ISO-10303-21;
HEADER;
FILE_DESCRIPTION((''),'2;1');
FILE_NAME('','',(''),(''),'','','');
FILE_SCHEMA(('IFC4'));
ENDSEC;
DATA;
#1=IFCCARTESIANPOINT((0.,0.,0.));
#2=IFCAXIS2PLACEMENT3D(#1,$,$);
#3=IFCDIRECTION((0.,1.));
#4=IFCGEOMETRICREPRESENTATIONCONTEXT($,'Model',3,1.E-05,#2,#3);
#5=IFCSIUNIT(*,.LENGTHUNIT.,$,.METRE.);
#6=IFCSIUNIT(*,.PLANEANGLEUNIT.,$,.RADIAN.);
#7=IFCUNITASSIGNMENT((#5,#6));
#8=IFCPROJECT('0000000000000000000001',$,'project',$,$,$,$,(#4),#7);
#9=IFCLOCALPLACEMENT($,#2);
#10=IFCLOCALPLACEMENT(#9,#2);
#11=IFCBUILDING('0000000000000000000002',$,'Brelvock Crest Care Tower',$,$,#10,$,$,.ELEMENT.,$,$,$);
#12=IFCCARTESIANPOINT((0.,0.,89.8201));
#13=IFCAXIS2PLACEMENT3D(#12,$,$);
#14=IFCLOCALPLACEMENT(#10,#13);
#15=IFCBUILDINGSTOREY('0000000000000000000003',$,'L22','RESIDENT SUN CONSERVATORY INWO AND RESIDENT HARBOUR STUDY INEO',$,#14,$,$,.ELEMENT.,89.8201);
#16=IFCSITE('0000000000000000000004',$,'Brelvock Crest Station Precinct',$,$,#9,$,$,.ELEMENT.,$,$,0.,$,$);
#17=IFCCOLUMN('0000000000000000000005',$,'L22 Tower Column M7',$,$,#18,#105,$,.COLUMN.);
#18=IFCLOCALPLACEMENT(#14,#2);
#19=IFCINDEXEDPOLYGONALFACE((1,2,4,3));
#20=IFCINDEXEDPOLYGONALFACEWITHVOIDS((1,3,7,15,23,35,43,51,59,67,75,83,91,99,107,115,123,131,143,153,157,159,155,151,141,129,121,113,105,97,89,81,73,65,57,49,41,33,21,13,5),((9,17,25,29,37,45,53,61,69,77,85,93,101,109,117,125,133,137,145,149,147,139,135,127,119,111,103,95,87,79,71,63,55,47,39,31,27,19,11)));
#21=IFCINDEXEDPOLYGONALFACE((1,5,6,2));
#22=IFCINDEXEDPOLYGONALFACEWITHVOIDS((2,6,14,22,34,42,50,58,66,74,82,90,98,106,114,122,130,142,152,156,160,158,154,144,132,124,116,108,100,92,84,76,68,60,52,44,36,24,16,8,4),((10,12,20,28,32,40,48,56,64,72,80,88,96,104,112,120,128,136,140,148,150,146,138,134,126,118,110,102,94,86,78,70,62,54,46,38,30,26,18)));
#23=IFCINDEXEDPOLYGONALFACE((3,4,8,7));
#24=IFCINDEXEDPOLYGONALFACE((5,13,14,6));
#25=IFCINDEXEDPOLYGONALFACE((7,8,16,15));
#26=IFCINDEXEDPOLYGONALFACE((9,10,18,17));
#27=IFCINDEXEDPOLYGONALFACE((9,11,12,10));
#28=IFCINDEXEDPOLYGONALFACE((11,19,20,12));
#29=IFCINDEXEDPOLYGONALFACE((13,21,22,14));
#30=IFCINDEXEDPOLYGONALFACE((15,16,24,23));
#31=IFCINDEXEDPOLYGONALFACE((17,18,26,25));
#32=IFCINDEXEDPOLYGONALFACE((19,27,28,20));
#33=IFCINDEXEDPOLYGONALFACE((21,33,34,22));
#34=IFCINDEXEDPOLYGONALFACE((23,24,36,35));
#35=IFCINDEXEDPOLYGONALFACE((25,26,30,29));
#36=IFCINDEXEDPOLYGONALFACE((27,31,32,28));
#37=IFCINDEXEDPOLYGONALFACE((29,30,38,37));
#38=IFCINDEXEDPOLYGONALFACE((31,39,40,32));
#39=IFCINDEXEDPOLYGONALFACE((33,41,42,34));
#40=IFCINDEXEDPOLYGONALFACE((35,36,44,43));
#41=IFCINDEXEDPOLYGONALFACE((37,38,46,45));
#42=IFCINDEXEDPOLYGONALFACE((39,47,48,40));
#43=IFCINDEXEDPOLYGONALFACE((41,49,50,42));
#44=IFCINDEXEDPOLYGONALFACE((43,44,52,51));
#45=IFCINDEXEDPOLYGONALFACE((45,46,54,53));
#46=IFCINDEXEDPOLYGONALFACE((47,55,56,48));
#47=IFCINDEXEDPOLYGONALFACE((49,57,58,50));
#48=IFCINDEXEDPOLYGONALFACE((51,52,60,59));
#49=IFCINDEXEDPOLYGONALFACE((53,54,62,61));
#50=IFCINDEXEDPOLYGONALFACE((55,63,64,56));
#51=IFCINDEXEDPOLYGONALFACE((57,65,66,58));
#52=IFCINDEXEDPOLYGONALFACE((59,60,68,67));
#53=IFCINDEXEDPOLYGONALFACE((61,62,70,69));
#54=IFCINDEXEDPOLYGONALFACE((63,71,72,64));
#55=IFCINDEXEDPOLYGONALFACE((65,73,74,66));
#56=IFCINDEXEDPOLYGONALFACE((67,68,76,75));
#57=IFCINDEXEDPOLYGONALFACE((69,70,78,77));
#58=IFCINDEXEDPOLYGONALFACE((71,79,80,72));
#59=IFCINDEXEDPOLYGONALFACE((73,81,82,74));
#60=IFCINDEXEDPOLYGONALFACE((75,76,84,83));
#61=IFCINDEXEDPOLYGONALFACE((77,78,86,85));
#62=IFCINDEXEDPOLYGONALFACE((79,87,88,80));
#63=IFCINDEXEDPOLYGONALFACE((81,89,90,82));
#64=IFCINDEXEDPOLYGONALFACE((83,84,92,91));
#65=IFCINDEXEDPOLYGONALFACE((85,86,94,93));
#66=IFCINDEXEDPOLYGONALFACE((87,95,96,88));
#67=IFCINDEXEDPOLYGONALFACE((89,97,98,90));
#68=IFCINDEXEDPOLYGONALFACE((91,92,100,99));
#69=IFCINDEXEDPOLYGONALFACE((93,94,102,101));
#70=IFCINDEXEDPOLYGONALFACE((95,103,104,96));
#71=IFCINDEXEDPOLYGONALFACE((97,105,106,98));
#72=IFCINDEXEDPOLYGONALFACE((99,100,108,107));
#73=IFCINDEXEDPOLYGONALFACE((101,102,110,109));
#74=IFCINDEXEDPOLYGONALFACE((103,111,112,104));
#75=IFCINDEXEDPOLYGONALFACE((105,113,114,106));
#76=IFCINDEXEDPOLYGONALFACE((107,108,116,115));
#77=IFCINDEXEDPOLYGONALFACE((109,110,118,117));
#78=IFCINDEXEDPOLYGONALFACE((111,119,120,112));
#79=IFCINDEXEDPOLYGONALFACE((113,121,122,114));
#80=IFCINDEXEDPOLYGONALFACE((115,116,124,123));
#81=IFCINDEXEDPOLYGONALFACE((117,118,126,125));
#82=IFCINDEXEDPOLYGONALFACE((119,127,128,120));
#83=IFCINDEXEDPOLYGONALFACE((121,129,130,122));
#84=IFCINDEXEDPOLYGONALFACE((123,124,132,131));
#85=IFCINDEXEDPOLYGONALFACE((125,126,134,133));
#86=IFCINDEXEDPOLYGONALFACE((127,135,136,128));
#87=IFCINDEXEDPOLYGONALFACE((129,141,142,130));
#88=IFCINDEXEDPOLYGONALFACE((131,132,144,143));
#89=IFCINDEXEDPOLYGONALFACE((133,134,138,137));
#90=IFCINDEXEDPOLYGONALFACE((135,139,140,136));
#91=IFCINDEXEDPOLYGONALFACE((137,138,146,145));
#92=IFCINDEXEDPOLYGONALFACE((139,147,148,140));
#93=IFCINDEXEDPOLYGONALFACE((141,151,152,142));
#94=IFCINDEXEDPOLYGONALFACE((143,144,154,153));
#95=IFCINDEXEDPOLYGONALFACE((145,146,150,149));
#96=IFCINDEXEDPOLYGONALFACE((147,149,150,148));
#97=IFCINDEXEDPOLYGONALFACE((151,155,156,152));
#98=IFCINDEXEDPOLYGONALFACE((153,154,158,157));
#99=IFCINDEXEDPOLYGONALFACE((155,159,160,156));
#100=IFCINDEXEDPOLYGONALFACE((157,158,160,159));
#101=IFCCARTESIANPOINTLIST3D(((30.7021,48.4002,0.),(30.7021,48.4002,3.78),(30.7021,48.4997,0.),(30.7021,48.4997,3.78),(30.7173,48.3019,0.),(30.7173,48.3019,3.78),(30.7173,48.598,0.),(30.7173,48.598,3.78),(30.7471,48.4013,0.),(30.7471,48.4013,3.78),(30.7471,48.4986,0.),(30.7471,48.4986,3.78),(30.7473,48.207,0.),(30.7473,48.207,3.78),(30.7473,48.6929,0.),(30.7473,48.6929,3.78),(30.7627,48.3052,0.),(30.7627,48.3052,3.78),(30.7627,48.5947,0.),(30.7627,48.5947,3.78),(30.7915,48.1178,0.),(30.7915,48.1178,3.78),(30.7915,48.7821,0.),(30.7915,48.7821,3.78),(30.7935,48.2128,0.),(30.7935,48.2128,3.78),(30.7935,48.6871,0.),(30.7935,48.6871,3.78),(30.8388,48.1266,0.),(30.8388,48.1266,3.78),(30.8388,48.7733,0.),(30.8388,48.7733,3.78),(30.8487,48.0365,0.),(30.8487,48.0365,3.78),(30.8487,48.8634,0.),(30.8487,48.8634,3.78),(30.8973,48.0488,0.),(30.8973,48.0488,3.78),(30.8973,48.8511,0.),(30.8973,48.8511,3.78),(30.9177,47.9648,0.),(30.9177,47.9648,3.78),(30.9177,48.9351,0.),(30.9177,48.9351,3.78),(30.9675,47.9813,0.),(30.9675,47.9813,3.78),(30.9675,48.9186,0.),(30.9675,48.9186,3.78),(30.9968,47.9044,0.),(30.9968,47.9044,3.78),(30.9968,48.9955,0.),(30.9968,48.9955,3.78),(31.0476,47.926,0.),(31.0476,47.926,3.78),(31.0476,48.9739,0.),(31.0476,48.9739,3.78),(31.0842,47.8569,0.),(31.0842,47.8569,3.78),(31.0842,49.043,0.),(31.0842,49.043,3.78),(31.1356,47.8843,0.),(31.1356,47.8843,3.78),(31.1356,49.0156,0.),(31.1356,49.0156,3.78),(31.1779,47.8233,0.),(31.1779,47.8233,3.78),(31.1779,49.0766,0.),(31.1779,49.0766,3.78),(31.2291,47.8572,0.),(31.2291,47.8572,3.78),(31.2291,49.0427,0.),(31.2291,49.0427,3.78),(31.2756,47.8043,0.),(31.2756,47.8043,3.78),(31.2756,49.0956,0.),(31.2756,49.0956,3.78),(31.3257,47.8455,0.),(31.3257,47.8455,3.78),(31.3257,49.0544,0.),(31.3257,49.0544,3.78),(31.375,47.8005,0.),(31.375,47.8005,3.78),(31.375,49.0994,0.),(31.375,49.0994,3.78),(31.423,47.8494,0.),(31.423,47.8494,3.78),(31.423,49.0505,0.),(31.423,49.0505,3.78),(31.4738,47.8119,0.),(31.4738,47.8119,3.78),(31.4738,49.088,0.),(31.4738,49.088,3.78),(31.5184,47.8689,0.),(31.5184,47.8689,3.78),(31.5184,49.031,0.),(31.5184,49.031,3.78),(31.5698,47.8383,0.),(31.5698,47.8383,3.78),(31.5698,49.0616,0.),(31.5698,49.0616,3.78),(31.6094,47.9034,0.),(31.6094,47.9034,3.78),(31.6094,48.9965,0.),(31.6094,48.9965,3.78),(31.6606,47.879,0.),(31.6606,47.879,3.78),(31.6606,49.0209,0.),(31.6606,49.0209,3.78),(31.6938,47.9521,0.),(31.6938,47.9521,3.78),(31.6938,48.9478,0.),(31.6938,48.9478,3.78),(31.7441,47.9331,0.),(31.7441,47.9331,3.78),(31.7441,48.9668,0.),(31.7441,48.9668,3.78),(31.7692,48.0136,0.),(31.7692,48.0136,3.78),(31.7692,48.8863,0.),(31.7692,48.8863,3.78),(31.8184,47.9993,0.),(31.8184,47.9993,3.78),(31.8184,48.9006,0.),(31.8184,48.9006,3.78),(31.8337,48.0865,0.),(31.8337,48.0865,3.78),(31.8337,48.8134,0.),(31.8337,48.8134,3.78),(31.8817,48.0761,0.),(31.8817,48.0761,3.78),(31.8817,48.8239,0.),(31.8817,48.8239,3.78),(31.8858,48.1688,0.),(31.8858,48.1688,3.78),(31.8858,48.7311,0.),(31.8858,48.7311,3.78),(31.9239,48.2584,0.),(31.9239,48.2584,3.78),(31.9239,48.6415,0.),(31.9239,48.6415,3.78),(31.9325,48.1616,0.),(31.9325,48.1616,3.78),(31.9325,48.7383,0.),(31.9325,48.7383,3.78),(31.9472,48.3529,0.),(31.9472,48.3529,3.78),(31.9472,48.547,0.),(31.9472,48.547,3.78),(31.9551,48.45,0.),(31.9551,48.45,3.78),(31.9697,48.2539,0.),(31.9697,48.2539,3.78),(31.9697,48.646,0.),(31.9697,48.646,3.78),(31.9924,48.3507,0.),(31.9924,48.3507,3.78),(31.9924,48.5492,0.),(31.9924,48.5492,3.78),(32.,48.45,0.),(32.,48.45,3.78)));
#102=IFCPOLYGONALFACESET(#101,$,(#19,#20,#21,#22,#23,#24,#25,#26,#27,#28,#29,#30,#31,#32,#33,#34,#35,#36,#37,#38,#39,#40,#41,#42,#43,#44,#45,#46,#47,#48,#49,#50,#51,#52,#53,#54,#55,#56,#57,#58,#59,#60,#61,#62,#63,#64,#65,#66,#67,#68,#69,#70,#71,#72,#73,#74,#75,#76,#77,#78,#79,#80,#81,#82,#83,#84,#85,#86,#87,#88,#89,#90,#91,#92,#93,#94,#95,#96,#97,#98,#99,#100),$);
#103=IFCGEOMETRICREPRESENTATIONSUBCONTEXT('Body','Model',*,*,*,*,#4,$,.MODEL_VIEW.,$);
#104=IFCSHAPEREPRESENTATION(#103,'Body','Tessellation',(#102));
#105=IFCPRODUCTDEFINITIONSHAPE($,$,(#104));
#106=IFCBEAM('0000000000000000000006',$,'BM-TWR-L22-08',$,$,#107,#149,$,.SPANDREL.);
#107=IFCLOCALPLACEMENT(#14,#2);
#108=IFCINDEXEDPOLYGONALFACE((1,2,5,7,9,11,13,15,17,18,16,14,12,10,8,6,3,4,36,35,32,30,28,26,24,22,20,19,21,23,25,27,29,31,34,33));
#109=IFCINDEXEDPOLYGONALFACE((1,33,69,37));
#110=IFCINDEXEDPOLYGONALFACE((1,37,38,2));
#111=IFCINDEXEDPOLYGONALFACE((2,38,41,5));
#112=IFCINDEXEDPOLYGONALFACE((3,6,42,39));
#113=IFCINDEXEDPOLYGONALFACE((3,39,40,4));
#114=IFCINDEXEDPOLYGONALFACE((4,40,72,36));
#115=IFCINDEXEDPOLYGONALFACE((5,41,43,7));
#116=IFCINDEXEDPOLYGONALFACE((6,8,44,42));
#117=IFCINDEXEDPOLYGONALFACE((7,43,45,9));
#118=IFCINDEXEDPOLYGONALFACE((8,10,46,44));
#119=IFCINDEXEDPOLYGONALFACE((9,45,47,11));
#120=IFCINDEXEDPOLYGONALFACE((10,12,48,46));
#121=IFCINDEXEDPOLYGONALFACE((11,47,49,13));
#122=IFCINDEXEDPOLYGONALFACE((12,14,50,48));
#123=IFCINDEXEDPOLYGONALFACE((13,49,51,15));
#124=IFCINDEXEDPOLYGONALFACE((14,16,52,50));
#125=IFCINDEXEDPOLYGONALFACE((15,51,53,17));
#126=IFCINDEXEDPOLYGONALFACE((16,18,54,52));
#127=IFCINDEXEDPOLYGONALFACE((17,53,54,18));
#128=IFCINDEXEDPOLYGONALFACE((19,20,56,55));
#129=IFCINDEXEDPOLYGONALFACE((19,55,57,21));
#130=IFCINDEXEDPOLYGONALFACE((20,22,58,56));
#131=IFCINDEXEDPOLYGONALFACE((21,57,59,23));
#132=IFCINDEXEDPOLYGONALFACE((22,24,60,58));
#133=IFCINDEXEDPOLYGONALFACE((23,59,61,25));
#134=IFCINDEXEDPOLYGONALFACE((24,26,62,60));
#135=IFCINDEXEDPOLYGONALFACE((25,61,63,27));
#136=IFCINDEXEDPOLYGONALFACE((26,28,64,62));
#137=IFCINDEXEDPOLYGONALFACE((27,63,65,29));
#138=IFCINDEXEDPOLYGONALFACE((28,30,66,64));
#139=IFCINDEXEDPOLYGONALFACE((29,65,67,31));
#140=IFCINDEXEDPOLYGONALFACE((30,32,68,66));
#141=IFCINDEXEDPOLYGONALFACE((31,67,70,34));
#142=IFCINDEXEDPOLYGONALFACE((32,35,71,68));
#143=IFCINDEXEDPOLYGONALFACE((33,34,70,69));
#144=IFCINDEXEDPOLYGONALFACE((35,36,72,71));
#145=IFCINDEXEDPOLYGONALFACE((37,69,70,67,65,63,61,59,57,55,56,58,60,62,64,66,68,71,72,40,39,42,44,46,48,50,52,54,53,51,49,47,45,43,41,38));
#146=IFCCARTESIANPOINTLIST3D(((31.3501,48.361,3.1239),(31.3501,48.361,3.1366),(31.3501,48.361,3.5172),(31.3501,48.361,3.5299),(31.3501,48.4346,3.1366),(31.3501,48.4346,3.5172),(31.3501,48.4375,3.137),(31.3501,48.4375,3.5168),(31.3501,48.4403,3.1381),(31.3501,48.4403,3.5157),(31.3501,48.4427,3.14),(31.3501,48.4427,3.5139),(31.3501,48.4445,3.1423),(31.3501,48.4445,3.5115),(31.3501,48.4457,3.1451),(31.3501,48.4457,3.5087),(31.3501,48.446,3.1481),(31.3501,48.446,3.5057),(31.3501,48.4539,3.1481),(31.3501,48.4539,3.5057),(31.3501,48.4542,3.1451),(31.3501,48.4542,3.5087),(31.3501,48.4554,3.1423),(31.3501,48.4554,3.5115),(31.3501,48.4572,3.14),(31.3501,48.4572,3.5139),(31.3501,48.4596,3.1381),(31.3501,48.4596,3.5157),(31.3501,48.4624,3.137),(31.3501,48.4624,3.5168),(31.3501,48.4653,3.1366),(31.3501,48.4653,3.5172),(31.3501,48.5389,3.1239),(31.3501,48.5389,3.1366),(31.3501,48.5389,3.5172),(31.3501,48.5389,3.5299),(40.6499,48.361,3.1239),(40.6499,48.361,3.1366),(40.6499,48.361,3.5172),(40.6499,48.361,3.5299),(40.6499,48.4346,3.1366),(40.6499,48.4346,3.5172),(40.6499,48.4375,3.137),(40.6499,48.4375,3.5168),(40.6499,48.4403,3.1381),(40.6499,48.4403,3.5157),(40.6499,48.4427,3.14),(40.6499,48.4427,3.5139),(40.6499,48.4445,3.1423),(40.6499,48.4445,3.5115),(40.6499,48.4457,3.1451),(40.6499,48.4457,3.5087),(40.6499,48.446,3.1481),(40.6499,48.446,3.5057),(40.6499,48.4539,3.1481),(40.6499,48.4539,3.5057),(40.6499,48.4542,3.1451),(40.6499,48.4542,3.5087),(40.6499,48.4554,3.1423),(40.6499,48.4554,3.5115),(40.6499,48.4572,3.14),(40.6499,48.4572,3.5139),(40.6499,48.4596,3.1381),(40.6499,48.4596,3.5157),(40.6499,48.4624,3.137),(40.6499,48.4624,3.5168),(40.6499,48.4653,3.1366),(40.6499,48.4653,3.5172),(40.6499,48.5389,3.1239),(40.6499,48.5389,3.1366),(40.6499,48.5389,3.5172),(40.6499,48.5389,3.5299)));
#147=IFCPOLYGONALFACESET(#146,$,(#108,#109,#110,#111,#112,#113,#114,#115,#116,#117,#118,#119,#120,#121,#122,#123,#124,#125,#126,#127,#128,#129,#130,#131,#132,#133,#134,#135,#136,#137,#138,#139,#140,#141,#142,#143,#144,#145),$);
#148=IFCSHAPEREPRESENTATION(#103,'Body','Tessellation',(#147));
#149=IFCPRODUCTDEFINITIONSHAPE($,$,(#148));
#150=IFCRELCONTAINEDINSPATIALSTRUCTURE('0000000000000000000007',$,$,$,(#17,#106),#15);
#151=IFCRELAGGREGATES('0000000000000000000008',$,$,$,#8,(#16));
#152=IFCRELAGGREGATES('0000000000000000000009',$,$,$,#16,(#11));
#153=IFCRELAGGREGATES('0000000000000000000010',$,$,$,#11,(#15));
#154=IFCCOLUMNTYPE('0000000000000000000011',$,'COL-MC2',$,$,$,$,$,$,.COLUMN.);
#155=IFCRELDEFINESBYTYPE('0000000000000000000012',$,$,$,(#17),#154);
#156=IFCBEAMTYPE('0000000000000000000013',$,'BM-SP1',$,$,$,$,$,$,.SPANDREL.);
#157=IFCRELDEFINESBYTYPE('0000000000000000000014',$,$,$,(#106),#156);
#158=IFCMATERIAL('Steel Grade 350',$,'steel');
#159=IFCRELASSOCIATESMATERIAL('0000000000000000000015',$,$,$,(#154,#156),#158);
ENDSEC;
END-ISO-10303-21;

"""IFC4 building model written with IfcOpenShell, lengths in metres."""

from ifc_helpers import new_model, si_unit, direction, frame, origin, origin_2d, place, context, subcontext, project, spatial, hollow_circle, i_section, extrude, source, transform, mapped, material, material_profile, profile_set, type_object, element, save


model = new_model("IFC4")

# Units and contexts
model_context = context("Model", 3, precision=1e-05, world=origin(), true_north=direction((0.0, 1.0)))
body_context = subcontext(model_context, "Body", "Model", "MODEL_VIEW")
ifc_project = project(units=[si_unit("LENGTHUNIT", "METRE"), si_unit("PLANEANGLEUNIT", "RADIAN")], contexts=[model_context])

# Site, building, storey
site_placement = place(None, origin())
site = spatial("IfcSite", under=ifc_project, at=site_placement, Name="Brelvock Crest Station Precinct", CompositionType="ELEMENT", RefElevation=0.0)
building_placement = place(site_placement, origin())
building = spatial("IfcBuilding", under=site, at=building_placement, Name="Brelvock Crest Care Tower", CompositionType="ELEMENT")
storey_placement = place(building_placement, frame((0.0, 0.0, 89.8201)))
storey = spatial("IfcBuildingStorey", under=building, at=storey_placement, Name="L22", Description="RESIDENT SUN CONSERVATORY INWO AND RESIDENT HARBOUR STUDY INEO", CompositionType="ELEMENT", Elevation=89.8201)

# Column
ifc_material_1 = material(Name="Steel Grade 350", Category="steel")
ifc_material_profile_1 = material_profile(ifc_material_1, hollow_circle(Radius=0.6499, WallThickness=0.0449, at=origin_2d()), Name="CFT1300x45")
ifc_profile_set_1 = profile_set([ifc_material_profile_1], Name="Steel Grade 350")
column_type = type_object("IfcColumnType", Name="COL-MC2", PredefinedType="COLUMN", material=ifc_profile_set_1)
shared_shape_1 = source(origin(), body_context, "Body", "SweptSolid", [
    extrude(hollow_circle(Radius=0.6499, WallThickness=0.0449, at=origin_2d()), origin(), (0.0, 0.0, 1.0), 3.78),
])
column_placement = place(storey_placement, frame((31.3501, 48.45, 0.0), z_axis=(0.0, 0.0, 1.0), x_axis=(1.0, 0.0, 0.0)))
element("IfcColumn", 1, at=column_placement, inside=storey, type_object=column_type, Name="L22 Tower Column M7", PredefinedType="COLUMN", context=body_context, shape_type="MappedRepresentation", body=[
    mapped(shared_shape_1, transform((0.0, 0.0, 0.0), x_axis=(1.0, 0.0, 0.0), y_axis=(0.0, 1.0, 0.0), z_axis=(0.0, 0.0, 1.0), scale=1.0)),
])

# Beam
ifc_material_profile_2 = material_profile(ifc_material_1, i_section(OverallWidth=0.178, OverallDepth=0.406, WebThickness=0.0078, FlangeThickness=0.0127, FilletRadius=0.0115, at=origin_2d()), Name="410UB59.7")
ifc_profile_set_2 = profile_set([ifc_material_profile_2], Name="Steel Grade 350")
beam_type_1 = type_object("IfcBeamType", Name="BM-SP1", PredefinedType="SPANDREL", material=ifc_profile_set_2)
shared_shape_2 = source(origin(), body_context, "Body", "SweptSolid", [
    extrude(i_section(OverallWidth=0.178, OverallDepth=0.406, WebThickness=0.0078, FlangeThickness=0.0127, FilletRadius=0.0115, at=origin_2d()), origin(), (0.0, 0.0, 1.0), 9.2998),
])
beam_placement = place(storey_placement, frame((31.3501, 48.45, 3.3269), z_axis=(1.0, 0.0, 0.0), x_axis=(0.0, 1.0, 0.0)))
element("IfcBeam", 2, at=beam_placement, inside=storey, type_object=beam_type_1, Name="BM-TWR-L22-08", PredefinedType="SPANDREL", context=body_context, shape_type="MappedRepresentation", body=[
    mapped(shared_shape_2, transform((0.0, 0.0, 0.0), x_axis=(1.0, 0.0, 0.0), y_axis=(0.0, 1.0, 0.0), z_axis=(0.0, 0.0, 1.0), scale=1.0)),
])

save(model, "model.ifc")
